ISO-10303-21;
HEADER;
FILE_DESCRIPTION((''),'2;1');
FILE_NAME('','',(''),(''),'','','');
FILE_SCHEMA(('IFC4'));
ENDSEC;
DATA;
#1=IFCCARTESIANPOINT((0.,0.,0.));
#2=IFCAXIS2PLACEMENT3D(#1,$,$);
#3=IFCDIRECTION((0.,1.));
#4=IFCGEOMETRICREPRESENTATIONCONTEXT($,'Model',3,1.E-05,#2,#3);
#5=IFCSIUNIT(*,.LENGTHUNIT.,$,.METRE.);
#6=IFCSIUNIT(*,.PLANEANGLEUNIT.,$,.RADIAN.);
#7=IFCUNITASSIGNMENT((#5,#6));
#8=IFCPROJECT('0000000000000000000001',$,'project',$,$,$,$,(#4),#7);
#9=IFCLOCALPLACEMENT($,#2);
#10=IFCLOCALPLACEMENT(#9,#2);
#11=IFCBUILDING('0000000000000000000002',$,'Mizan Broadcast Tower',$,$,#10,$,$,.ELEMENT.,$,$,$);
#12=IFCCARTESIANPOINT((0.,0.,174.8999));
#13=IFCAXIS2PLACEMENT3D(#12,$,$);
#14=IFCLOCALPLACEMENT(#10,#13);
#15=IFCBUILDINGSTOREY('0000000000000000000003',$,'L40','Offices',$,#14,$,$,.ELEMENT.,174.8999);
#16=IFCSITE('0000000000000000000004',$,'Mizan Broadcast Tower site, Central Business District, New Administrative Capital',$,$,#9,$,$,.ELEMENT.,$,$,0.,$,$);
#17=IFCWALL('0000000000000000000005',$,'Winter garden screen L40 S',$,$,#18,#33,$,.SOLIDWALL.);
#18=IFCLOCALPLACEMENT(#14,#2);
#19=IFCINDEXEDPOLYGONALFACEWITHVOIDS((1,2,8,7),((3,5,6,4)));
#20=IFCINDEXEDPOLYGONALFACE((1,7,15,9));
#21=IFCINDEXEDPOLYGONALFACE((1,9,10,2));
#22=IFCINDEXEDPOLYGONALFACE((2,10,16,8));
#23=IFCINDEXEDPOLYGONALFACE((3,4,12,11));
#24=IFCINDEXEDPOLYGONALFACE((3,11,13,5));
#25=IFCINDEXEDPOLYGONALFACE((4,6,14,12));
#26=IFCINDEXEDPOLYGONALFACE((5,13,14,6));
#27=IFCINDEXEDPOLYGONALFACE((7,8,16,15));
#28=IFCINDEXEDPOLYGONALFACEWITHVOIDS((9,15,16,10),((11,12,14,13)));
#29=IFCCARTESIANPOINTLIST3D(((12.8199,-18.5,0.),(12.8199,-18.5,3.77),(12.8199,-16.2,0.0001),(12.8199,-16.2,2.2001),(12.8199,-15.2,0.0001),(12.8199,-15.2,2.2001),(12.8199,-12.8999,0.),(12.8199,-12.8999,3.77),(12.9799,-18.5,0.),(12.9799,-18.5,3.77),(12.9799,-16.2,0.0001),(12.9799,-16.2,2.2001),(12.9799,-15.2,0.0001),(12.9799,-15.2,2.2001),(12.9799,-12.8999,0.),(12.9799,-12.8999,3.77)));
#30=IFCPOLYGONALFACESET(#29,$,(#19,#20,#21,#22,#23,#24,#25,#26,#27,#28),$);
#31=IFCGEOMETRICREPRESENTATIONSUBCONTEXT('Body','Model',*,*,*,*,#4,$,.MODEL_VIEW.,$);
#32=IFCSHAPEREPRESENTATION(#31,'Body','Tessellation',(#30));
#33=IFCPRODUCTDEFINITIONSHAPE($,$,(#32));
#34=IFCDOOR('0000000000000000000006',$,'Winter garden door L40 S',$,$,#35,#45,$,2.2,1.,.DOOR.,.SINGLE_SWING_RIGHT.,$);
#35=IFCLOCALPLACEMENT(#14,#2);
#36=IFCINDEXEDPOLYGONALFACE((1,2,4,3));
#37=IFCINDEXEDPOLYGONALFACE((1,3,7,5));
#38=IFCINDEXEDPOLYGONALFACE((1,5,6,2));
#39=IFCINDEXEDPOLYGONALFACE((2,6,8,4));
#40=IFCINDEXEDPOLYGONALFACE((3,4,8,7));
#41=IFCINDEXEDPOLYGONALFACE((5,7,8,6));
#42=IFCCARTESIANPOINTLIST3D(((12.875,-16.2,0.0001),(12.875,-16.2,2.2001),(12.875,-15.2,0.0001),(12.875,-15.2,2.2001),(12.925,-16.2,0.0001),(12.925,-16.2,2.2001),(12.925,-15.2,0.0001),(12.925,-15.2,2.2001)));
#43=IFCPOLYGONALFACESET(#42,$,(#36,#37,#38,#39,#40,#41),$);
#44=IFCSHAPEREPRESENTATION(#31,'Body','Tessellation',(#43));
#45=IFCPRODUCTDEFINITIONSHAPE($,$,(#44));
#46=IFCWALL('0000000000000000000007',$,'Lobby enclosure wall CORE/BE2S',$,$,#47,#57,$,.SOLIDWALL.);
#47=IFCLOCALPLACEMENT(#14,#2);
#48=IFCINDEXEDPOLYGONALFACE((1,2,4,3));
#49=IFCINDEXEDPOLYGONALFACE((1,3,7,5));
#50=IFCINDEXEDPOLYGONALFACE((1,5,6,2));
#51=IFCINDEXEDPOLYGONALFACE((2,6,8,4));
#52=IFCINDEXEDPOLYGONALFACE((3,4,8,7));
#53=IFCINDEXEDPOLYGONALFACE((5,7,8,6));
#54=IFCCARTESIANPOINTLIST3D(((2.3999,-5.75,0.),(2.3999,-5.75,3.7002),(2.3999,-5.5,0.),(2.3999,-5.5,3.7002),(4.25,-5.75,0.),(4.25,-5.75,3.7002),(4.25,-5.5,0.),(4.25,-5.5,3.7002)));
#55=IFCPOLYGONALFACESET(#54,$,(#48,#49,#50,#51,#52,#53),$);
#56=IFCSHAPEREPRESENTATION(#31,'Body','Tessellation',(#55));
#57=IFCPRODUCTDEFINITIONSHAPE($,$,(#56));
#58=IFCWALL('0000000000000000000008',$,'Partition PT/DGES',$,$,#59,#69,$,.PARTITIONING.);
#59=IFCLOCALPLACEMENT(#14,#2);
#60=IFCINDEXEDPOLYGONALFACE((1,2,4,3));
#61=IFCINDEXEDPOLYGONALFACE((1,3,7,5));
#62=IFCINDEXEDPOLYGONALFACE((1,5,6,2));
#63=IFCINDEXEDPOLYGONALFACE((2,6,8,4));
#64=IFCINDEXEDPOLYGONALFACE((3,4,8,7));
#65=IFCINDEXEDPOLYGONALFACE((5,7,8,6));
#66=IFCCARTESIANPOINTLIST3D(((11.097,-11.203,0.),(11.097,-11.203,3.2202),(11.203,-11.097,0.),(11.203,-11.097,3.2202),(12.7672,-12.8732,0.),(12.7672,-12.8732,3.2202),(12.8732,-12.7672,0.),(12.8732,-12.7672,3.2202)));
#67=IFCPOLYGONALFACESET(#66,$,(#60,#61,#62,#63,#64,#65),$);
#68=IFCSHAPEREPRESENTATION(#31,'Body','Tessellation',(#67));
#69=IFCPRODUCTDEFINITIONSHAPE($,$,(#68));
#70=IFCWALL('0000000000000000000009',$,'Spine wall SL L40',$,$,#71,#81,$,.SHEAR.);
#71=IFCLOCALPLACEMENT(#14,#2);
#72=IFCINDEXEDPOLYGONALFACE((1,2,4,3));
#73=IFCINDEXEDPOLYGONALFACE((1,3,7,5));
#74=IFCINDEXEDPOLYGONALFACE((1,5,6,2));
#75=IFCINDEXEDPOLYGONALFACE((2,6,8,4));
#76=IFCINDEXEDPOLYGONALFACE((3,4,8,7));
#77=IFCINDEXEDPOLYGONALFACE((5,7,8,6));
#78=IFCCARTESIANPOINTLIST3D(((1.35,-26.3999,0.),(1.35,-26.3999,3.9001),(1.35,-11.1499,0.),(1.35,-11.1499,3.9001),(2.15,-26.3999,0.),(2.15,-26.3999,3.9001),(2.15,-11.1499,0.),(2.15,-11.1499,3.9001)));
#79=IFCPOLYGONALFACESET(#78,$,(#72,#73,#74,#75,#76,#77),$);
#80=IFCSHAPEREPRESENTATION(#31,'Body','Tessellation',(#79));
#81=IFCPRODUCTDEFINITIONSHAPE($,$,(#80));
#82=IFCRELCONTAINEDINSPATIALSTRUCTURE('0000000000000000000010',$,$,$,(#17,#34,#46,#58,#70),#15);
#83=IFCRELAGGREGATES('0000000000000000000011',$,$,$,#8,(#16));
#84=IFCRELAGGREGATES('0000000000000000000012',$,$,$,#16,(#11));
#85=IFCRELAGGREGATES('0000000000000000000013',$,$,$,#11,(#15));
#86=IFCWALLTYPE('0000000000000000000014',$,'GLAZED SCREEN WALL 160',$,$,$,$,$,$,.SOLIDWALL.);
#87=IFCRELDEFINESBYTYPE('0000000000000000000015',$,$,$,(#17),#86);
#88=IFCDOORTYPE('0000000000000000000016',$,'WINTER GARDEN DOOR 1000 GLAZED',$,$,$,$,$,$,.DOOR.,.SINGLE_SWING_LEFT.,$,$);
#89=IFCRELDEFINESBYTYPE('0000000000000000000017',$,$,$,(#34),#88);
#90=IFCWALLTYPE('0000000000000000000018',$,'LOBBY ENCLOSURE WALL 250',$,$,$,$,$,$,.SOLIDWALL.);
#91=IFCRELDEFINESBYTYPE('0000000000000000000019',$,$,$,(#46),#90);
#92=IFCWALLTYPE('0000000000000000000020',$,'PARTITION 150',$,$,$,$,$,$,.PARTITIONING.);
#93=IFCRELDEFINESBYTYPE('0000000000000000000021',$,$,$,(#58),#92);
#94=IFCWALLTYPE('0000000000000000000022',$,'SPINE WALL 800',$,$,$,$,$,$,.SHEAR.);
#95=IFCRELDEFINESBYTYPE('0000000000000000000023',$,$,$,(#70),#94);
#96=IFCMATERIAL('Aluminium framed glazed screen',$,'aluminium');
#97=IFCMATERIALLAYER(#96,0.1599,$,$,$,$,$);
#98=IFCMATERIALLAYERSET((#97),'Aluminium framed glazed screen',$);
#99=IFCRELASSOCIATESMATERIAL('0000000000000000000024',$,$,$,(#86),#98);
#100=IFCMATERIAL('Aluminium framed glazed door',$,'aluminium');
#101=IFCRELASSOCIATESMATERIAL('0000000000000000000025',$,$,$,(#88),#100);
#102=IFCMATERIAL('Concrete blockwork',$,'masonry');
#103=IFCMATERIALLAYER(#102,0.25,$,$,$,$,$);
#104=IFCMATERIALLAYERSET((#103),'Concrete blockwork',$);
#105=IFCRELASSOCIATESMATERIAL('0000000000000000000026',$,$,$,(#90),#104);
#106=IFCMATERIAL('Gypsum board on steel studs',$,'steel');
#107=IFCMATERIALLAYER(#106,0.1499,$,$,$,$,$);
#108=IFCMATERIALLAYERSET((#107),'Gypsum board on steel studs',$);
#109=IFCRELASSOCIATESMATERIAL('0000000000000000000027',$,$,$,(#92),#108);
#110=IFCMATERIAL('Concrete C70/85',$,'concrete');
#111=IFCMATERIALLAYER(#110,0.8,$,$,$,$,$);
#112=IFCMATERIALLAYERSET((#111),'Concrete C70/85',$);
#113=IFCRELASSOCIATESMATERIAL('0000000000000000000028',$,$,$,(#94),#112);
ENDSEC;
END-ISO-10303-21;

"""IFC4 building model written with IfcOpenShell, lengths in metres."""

from ifc_helpers import new_model, si_unit, direction, frame, frame_2d, origin, place, context, subcontext, project, spatial, rectangle, extrude, material, layer, layer_set, type_object, element, fill, save


model = new_model("IFC4")

# Units and contexts
model_context = context("Model", 3, precision=1e-05, world=origin(), true_north=direction((0.0, 1.0)))
body_context = subcontext(model_context, "Body", "Model", "MODEL_VIEW")
ifc_project = project(units=[si_unit("LENGTHUNIT", "METRE"), si_unit("PLANEANGLEUNIT", "RADIAN")], contexts=[model_context])

# Site, building, storey
site_placement = place(None, origin())
site = spatial("IfcSite", under=ifc_project, at=site_placement, Name="Mizan Broadcast Tower site, Central Business District, New Administrative Capital", CompositionType="ELEMENT", RefElevation=0.0)
building_placement = place(site_placement, origin())
building = spatial("IfcBuilding", under=site, at=building_placement, Name="Mizan Broadcast Tower", CompositionType="ELEMENT")
storey_placement = place(building_placement, frame((0.0, 0.0, 174.8999)))
storey = spatial("IfcBuildingStorey", under=building, at=storey_placement, Name="L40", Description="Offices", CompositionType="ELEMENT", Elevation=174.8999)

# Wall, opening, door
ifc_material_1 = material(Name="Aluminium framed glazed screen", Category="aluminium")
ifc_layer_1 = layer(ifc_material_1, 0.1599)
ifc_layer_set_1 = layer_set([ifc_layer_1], Name="Aluminium framed glazed screen")
wall_type_1 = type_object("IfcWallType", Name="GLAZED SCREEN WALL 160", PredefinedType="SOLIDWALL", material=ifc_layer_set_1)
wall_1_placement = place(storey_placement, frame((12.8999, -18.5, 0.0), z_axis=(0.0, 0.0, 1.0), x_axis=(0.0, 1.0, 0.0)))
wall_1 = element("IfcWall", 1, at=wall_1_placement, inside=storey, type_object=wall_type_1, Name="Winter garden screen L40 S", PredefinedType="SOLIDWALL", context=body_context, shape_type="SweptSolid", body=[
    extrude(rectangle(XDim=5.6001, YDim=0.1599, at=frame_2d((2.8, 0.0))), origin(), (0.0, 0.0, 1.0), 3.77),
])
opening_1_placement = place(wall_1_placement, frame((2.3, 0.0, 0.0)))
opening_1 = element("IfcOpeningElement", 2, at=opening_1_placement, cuts=wall_1, PredefinedType="OPENING", context=body_context, shape_type="SweptSolid", body=[
    extrude(rectangle(XDim=1.0, YDim=2.2, at=frame_2d((0.5, 1.1001))), frame((0.0, 0.0898, 0.0), z_axis=(0.0, -1.0, 0.0), x_axis=(1.0, 0.0, 0.0)), (0.0, 0.0, 1.0), 0.1799),
])
ifc_material_2 = material(Name="Aluminium framed glazed door", Category="aluminium")
door_type_1 = type_object("IfcDoorType", Name="WINTER GARDEN DOOR 1000 GLAZED", OperationType="SINGLE_SWING_LEFT", PredefinedType="DOOR", material=ifc_material_2)
door_1_placement = place(opening_1_placement, origin())
door_1 = element("IfcDoor", 3, at=door_1_placement, inside=storey, type_object=door_type_1, Name="Winter garden door L40 S", OperationType="SINGLE_SWING_RIGHT", OverallHeight=2.2, OverallWidth=1.0, PredefinedType="DOOR", context=body_context, shape_type="SweptSolid", body=[
    extrude(rectangle(XDim=1.0, YDim=2.2, at=frame_2d((0.5, 1.1001))), frame((0.0, 0.0249, 0.0), z_axis=(0.0, -1.0, 0.0), x_axis=(1.0, 0.0, 0.0)), (0.0, 0.0, 1.0), 0.05),
])
fill(opening_1, door_1)

# Walls
ifc_material_3 = material(Name="Concrete blockwork", Category="masonry")
ifc_layer_2 = layer(ifc_material_3, 0.25)
ifc_layer_set_2 = layer_set([ifc_layer_2], Name="Concrete blockwork")
wall_type_2 = type_object("IfcWallType", Name="LOBBY ENCLOSURE WALL 250", PredefinedType="SOLIDWALL", material=ifc_layer_set_2)
wall_2_placement = place(storey_placement, frame((2.3999, -5.625, 0.0), z_axis=(0.0, 0.0, 1.0), x_axis=(1.0, 0.0, 0.0)))
element("IfcWall", 4, at=wall_2_placement, inside=storey, type_object=wall_type_2, Name="Lobby enclosure wall CORE/BE2S", PredefinedType="SOLIDWALL", context=body_context, shape_type="SweptSolid", body=[
    extrude(rectangle(XDim=1.8501, YDim=0.25, at=frame_2d((0.925, 0.0))), origin(), (0.0, 0.0, 1.0), 3.7002),
])
ifc_material_4 = material(Name="Gypsum board on steel studs", Category="steel")
ifc_layer_3 = layer(ifc_material_4, 0.1499)
ifc_layer_set_3 = layer_set([ifc_layer_3], Name="Gypsum board on steel studs")
wall_type_3 = type_object("IfcWallType", Name="PARTITION 150", PredefinedType="PARTITIONING", material=ifc_layer_set_3)
wall_3_placement = place(storey_placement, frame((11.1499, -11.1499, 0.0), z_axis=(0.0, 0.0, 1.0), x_axis=(0.707107, -0.707107, 0.0)))
element("IfcWall", 5, at=wall_3_placement, inside=storey, type_object=wall_type_3, Name="Partition PT/DGES", PredefinedType="PARTITIONING", context=body_context, shape_type="SweptSolid", body=[
    extrude(rectangle(XDim=2.3621, YDim=0.1499, at=frame_2d((1.1812, 0.0))), origin(), (0.0, 0.0, 1.0), 3.2202),
])
ifc_material_5 = material(Name="Concrete C70/85", Category="concrete")
ifc_layer_4 = layer(ifc_material_5, 0.8)
ifc_layer_set_4 = layer_set([ifc_layer_4], Name="Concrete C70/85")
wall_type_4 = type_object("IfcWallType", Name="SPINE WALL 800", PredefinedType="SHEAR", material=ifc_layer_set_4)
wall_4_placement = place(storey_placement, frame((1.75, -11.1499, 0.0), z_axis=(0.0, 0.0, 1.0), x_axis=(0.0, -1.0, 0.0)))
element("IfcWall", 6, at=wall_4_placement, inside=storey, type_object=wall_type_4, Name="Spine wall SL L40", PredefinedType="SHEAR", context=body_context, shape_type="SweptSolid", body=[
    extrude(rectangle(XDim=15.25, YDim=0.8, at=frame_2d((7.625, 0.0))), origin(), (0.0, 0.0, 1.0), 3.9001),
])

save(model, "model.ifc")
